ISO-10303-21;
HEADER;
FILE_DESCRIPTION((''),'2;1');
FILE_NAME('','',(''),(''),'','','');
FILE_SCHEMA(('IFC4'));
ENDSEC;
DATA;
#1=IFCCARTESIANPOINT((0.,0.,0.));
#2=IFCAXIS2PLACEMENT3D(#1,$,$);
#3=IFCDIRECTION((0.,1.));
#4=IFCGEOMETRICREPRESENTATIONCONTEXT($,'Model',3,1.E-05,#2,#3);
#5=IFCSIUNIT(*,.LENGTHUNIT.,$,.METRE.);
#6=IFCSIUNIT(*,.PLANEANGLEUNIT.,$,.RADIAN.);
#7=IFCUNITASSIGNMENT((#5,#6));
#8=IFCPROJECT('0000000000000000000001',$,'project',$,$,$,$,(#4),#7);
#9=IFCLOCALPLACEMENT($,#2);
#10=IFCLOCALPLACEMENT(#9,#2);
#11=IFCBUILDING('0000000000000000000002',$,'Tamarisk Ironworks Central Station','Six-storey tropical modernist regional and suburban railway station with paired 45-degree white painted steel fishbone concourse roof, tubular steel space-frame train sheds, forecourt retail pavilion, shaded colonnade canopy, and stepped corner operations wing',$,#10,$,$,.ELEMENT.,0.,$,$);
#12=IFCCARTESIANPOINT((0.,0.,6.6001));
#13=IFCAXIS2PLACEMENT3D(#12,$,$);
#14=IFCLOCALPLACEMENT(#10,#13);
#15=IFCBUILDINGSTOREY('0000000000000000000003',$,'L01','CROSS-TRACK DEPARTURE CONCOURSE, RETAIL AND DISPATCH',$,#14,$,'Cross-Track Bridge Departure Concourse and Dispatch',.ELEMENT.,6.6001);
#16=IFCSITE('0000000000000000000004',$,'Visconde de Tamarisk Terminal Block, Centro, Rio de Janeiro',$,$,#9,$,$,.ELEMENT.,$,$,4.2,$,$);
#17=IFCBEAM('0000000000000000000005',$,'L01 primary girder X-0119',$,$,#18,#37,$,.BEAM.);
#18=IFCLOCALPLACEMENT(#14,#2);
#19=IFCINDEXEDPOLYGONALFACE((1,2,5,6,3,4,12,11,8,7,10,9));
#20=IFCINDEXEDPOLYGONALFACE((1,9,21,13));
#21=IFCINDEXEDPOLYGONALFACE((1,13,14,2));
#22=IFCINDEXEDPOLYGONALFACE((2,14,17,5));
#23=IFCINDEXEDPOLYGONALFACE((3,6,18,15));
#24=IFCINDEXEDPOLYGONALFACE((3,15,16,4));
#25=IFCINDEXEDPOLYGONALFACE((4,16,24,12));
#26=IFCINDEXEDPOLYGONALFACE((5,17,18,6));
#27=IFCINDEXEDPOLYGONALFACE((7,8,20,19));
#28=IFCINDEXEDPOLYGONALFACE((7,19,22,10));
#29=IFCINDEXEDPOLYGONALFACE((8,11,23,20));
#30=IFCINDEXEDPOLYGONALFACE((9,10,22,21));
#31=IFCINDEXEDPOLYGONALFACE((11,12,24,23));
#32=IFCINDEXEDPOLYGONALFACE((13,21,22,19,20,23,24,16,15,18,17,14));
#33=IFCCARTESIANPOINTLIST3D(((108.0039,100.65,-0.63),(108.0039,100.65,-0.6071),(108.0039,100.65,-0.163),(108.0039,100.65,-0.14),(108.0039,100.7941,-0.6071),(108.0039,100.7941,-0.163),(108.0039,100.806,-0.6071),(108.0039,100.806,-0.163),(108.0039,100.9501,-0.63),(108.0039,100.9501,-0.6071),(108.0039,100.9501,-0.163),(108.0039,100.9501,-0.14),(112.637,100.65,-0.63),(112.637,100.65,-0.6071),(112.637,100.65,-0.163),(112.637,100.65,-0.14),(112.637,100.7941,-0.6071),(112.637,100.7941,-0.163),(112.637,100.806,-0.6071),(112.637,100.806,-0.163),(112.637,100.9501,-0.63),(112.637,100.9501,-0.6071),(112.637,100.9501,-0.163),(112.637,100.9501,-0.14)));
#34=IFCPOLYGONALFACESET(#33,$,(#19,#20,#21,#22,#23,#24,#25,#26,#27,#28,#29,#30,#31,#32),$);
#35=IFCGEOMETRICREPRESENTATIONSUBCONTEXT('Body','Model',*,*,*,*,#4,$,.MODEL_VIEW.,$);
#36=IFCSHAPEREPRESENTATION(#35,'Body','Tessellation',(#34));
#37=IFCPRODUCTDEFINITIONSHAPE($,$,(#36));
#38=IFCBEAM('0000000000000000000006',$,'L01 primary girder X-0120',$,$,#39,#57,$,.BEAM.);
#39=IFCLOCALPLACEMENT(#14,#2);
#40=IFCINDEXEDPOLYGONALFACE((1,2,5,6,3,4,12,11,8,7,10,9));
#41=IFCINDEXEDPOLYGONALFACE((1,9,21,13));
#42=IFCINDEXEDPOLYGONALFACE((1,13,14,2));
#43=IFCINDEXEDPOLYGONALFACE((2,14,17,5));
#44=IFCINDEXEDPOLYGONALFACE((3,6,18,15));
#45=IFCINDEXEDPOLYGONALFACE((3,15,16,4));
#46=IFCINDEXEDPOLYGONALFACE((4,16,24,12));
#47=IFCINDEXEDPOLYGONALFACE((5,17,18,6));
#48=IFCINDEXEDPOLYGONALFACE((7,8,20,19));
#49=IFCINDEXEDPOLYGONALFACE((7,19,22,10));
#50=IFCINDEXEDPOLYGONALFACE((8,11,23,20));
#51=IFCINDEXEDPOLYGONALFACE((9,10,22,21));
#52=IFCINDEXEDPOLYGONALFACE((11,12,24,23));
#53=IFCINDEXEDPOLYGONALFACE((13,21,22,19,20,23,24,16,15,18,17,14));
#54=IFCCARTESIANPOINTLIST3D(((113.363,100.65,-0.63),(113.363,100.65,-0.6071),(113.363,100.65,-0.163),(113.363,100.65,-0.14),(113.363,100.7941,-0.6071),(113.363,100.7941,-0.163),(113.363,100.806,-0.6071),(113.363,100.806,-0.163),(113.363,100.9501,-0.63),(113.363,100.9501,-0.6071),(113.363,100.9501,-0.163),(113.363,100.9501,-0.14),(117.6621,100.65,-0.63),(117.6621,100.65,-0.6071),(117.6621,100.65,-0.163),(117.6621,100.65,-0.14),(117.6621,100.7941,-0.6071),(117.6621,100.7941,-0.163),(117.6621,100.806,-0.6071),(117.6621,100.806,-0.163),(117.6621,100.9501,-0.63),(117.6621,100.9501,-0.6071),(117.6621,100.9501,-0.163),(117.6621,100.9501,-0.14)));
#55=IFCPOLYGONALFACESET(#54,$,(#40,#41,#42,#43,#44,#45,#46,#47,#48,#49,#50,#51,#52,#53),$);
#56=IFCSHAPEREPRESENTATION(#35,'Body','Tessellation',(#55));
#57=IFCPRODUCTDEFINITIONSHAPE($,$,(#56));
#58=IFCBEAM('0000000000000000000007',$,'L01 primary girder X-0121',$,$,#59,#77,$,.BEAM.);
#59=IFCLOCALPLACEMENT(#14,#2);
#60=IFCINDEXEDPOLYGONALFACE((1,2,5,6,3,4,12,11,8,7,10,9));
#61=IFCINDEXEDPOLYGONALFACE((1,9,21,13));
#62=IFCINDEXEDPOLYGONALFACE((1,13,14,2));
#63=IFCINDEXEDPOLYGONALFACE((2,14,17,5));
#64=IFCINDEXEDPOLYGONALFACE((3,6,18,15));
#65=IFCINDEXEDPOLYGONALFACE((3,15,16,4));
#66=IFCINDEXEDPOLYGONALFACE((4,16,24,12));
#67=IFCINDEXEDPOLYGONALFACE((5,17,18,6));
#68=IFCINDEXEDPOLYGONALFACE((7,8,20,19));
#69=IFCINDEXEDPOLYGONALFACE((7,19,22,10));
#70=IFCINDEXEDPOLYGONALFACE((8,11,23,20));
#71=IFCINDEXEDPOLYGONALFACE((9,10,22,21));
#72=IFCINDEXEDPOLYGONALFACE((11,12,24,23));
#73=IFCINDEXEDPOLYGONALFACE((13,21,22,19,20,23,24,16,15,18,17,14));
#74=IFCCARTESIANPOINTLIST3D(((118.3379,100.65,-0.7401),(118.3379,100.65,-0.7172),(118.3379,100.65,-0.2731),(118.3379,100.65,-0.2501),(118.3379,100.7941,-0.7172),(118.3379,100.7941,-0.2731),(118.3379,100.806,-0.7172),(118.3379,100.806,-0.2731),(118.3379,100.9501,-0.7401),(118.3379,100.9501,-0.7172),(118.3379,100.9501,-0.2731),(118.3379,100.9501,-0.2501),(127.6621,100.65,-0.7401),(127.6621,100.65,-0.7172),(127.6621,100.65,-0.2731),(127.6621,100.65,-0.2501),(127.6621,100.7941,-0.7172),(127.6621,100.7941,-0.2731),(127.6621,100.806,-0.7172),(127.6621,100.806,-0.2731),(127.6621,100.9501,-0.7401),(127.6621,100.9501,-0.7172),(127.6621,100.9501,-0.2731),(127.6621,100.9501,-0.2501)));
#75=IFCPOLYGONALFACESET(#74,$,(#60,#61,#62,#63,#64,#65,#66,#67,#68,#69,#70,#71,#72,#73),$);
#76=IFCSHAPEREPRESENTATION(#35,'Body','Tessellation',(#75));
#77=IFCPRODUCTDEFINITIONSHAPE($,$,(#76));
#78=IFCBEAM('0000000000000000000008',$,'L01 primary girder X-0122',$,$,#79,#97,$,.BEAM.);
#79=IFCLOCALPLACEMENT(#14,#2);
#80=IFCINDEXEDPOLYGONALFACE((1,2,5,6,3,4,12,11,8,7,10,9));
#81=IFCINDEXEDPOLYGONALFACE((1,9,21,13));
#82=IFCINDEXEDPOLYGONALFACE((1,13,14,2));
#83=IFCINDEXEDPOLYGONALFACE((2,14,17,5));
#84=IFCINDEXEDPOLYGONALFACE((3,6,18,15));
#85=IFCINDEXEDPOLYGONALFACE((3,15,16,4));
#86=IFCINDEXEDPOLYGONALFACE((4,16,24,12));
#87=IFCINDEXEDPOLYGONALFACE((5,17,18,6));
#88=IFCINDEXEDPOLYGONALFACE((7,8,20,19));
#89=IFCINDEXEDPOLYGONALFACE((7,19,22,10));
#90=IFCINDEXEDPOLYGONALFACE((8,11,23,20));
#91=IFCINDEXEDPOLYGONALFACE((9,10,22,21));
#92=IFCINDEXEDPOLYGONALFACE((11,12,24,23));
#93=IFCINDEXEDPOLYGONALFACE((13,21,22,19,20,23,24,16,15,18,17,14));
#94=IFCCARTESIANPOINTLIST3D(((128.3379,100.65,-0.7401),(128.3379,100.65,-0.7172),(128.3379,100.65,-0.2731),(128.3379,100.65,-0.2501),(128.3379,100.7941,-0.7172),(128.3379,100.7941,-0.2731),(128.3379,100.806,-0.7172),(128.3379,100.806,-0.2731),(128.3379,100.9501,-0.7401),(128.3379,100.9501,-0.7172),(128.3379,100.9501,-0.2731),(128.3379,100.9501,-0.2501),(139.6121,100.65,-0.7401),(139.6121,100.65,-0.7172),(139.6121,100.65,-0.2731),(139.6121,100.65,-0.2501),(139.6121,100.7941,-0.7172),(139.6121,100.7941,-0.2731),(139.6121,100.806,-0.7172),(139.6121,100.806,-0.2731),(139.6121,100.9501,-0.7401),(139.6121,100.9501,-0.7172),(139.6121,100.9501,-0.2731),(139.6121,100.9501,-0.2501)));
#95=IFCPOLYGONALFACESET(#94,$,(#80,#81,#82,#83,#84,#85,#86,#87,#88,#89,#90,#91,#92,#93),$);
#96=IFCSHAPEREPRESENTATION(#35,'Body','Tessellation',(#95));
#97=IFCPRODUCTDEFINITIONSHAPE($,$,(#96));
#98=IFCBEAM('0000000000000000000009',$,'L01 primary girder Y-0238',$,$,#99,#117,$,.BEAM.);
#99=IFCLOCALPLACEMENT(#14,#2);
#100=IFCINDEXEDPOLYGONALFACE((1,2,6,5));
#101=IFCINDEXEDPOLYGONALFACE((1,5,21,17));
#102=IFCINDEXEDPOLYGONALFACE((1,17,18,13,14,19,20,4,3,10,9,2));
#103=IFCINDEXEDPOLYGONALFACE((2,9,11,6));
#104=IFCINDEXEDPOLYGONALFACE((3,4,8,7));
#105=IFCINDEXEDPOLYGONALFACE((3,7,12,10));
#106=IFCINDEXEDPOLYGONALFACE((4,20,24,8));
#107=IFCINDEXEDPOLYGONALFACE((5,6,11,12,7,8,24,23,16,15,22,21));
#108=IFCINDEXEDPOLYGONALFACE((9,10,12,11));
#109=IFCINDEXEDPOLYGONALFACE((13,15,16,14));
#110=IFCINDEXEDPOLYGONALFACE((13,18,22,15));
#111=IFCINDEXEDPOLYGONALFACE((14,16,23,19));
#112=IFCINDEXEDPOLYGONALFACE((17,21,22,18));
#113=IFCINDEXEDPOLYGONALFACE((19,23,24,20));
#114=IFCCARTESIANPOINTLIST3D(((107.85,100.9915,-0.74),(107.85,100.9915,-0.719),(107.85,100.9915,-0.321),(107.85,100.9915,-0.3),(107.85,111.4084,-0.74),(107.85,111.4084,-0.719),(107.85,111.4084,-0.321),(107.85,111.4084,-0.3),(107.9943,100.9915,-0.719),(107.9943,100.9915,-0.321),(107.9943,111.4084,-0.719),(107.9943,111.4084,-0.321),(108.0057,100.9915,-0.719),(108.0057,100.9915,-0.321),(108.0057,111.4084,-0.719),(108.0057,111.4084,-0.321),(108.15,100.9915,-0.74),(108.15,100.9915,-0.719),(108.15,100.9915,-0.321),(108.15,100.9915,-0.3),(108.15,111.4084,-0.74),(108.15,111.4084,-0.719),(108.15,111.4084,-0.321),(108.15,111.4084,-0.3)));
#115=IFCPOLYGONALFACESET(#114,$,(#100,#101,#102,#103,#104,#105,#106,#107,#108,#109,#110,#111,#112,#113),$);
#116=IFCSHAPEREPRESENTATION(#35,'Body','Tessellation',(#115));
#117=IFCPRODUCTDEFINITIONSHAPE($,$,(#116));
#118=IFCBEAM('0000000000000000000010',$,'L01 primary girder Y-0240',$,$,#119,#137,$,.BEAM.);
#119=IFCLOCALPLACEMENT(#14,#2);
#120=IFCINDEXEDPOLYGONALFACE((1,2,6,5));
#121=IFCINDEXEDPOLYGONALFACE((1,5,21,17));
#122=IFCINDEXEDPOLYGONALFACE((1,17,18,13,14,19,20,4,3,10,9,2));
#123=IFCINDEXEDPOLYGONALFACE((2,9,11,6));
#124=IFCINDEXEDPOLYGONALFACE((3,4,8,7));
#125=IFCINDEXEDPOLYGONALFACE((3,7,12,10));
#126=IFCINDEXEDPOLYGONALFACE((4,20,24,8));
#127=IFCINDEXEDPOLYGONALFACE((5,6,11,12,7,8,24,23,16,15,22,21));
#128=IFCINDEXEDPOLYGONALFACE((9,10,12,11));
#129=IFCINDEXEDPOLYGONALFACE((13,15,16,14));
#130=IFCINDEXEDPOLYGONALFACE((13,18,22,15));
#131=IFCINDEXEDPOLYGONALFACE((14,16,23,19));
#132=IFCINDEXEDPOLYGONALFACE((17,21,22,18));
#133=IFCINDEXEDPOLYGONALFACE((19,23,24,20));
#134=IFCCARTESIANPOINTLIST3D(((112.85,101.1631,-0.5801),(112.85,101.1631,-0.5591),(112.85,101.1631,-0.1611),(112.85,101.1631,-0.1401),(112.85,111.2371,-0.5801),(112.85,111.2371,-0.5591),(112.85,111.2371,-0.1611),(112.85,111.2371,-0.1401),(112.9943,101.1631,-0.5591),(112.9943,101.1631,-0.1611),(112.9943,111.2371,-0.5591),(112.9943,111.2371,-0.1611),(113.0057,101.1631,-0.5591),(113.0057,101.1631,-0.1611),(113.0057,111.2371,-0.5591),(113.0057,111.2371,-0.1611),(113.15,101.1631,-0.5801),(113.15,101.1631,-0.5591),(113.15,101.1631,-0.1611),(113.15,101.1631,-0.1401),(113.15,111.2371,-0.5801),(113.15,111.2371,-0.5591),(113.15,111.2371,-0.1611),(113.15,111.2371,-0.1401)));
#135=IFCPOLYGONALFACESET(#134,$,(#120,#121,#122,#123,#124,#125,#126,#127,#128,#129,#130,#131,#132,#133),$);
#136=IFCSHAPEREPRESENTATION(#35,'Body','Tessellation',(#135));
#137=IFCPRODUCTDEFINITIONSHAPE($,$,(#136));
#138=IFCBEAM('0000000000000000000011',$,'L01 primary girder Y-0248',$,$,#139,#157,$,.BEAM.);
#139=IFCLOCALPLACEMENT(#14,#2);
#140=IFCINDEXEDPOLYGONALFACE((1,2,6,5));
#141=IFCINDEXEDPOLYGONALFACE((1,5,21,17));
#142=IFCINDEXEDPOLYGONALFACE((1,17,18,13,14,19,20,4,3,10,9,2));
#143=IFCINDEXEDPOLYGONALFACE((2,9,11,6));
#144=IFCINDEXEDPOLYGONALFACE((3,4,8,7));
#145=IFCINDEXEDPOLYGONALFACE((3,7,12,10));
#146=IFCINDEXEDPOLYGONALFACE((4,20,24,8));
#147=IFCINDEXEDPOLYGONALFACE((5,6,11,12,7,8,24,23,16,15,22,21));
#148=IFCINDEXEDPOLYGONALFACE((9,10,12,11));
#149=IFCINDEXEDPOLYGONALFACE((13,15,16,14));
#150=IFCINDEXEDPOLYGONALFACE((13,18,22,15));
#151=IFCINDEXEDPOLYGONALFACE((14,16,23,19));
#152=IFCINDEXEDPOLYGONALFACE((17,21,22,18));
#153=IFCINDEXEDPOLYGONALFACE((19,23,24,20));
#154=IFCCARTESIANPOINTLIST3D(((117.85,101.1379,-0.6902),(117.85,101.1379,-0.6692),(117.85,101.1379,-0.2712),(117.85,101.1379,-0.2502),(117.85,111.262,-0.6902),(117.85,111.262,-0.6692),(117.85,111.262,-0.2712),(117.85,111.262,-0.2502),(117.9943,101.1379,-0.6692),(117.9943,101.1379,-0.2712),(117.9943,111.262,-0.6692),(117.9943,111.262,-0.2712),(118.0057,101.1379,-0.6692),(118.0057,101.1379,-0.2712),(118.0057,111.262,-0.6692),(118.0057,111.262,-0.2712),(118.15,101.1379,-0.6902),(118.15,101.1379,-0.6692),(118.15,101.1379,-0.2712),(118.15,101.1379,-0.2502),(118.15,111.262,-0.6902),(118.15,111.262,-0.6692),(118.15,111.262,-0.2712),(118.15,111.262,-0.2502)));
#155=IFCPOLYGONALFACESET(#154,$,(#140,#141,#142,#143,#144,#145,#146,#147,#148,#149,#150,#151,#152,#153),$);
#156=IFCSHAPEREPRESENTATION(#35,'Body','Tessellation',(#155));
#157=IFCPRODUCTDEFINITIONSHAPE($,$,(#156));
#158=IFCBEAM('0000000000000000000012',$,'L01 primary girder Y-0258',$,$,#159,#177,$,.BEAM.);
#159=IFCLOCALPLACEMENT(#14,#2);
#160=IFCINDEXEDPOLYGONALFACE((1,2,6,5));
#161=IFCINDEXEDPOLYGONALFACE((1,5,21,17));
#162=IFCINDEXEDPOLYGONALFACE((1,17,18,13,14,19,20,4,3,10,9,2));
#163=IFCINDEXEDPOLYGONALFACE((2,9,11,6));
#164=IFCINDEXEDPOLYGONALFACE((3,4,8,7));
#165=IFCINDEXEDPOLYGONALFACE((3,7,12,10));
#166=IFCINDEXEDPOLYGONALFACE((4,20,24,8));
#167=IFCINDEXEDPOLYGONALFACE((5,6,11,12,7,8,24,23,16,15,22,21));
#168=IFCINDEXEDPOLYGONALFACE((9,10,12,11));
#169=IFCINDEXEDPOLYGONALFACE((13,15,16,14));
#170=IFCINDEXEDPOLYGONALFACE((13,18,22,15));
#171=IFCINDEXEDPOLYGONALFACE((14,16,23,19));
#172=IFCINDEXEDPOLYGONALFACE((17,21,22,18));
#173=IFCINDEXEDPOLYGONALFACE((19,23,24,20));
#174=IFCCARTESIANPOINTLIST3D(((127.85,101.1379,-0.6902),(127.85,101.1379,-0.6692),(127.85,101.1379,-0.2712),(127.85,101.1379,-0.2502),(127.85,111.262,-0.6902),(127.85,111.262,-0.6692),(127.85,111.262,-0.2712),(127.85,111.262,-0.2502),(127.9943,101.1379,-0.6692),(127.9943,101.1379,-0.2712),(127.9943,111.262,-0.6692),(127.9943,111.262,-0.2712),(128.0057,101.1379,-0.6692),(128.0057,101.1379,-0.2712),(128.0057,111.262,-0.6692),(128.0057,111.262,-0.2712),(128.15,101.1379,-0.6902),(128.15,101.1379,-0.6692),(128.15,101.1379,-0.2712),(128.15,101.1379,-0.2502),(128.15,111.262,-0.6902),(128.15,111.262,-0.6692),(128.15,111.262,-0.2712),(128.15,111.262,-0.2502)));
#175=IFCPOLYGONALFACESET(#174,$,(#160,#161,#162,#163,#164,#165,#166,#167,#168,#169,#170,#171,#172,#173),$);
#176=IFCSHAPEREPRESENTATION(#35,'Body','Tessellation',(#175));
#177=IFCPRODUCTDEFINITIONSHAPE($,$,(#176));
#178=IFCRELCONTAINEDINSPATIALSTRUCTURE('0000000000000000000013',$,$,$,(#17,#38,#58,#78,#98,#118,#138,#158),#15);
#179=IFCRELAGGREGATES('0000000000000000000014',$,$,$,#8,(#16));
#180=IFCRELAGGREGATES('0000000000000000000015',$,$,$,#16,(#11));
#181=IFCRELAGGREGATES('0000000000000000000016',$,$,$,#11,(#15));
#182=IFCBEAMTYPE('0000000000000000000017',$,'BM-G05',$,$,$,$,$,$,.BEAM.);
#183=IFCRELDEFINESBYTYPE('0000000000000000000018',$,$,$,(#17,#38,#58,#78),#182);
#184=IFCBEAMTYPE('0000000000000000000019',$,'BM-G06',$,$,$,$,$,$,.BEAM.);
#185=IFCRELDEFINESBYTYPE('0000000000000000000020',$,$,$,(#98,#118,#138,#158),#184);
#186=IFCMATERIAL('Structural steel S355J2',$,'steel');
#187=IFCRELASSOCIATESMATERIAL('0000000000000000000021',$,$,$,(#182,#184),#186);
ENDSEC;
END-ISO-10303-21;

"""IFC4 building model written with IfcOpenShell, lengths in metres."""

from ifc_helpers import new_model, si_unit, direction, frame, origin, origin_2d, place, context, subcontext, project, spatial, i_section, extrude, material, material_profile, profile_set, type_object, element, save


model = new_model("IFC4")

# Units and contexts
model_context = context("Model", 3, precision=1e-05, world=origin(), true_north=direction((0.0, 1.0)))
body_context = subcontext(model_context, "Body", "Model", "MODEL_VIEW")
ifc_project = project(units=[si_unit("LENGTHUNIT", "METRE"), si_unit("PLANEANGLEUNIT", "RADIAN")], contexts=[model_context])

# Site, building, storey
site_placement = place(None, origin())
site = spatial("IfcSite", under=ifc_project, at=site_placement, Name="Visconde de Tamarisk Terminal Block, Centro, Rio de Janeiro", CompositionType="ELEMENT", RefElevation=4.2)
building_placement = place(site_placement, origin())
building = spatial("IfcBuilding", under=site, at=building_placement, Name="Tamarisk Ironworks Central Station", Description="Six-storey tropical modernist regional and suburban railway station with paired 45-degree white painted steel fishbone concourse roof, tubular steel space-frame train sheds, forecourt retail pavilion, shaded colonnade canopy, and stepped corner operations wing", CompositionType="ELEMENT", ElevationOfRefHeight=0.0)
storey_placement = place(building_placement, frame((0.0, 0.0, 6.6001)))
storey = spatial("IfcBuildingStorey", under=building, at=storey_placement, Name="L01", Description="CROSS-TRACK DEPARTURE CONCOURSE, RETAIL AND DISPATCH", LongName="Cross-Track Bridge Departure Concourse and Dispatch", CompositionType="ELEMENT", Elevation=6.6001)

# Shared definitions
ifc_material_1 = material(Name="Structural steel S355J2", Category="steel")

# Beams
ifc_material_profile_1 = material_profile(ifc_material_1, i_section(OverallWidth=0.3, OverallDepth=0.49, WebThickness=0.012, FlangeThickness=0.0229, at=origin_2d()), Name="HEA 500")
ifc_profile_set_1 = profile_set([ifc_material_profile_1], Name="Structural steel S355J2")
beam_type_1 = type_object("IfcBeamType", Name="BM-G05", PredefinedType="BEAM", material=ifc_profile_set_1)
beam_1_placement = place(storey_placement, frame((108.0039, 100.8, -0.385), z_axis=(1.0, 0.0, 0.0), x_axis=(0.0, 1.0, 0.0)))
element("IfcBeam", 1, at=beam_1_placement, inside=storey, type_object=beam_type_1, Name="L01 primary girder X-0119", PredefinedType="BEAM", context=body_context, shape_type="SweptSolid", body=[
    extrude(i_section(OverallWidth=0.3, OverallDepth=0.49, WebThickness=0.012, FlangeThickness=0.0229, at=origin_2d()), origin(), (0.0, 0.0, 1.0), 4.6331),
])
beam_2_placement = place(storey_placement, frame((113.363, 100.8, -0.385), z_axis=(1.0, 0.0, 0.0), x_axis=(0.0, 1.0, 0.0)))
element("IfcBeam", 2, at=beam_2_placement, inside=storey, type_object=beam_type_1, Name="L01 primary girder X-0120", PredefinedType="BEAM", context=body_context, shape_type="SweptSolid", body=[
    extrude(i_section(OverallWidth=0.3, OverallDepth=0.49, WebThickness=0.012, FlangeThickness=0.0229, at=origin_2d()), origin(), (0.0, 0.0, 1.0), 4.2991),
])
beam_3_placement = place(storey_placement, frame((118.3379, 100.8, -0.4951), z_axis=(1.0, 0.0, 0.0), x_axis=(0.0, 1.0, 0.0)))
element("IfcBeam", 3, at=beam_3_placement, inside=storey, type_object=beam_type_1, Name="L01 primary girder X-0121", PredefinedType="BEAM", context=body_context, shape_type="SweptSolid", body=[
    extrude(i_section(OverallWidth=0.3, OverallDepth=0.49, WebThickness=0.012, FlangeThickness=0.0229, at=origin_2d()), origin(), (0.0, 0.0, 1.0), 9.3242),
])
beam_4_placement = place(storey_placement, frame((128.3379, 100.8, -0.4951), z_axis=(1.0, 0.0, 0.0), x_axis=(0.0, 1.0, 0.0)))
element("IfcBeam", 4, at=beam_4_placement, inside=storey, type_object=beam_type_1, Name="L01 primary girder X-0122", PredefinedType="BEAM", context=body_context, shape_type="SweptSolid", body=[
    extrude(i_section(OverallWidth=0.3, OverallDepth=0.49, WebThickness=0.012, FlangeThickness=0.0229, at=origin_2d()), origin(), (0.0, 0.0, 1.0), 11.2742),
])
ifc_material_profile_2 = material_profile(ifc_material_1, i_section(OverallWidth=0.3, OverallDepth=0.4399, WebThickness=0.0115, FlangeThickness=0.021, at=origin_2d()), Name="HEA 450")
ifc_profile_set_2 = profile_set([ifc_material_profile_2], Name="Structural steel S355J2")
beam_type_2 = type_object("IfcBeamType", Name="BM-G06", PredefinedType="BEAM", material=ifc_profile_set_2)
beam_5_placement = place(storey_placement, frame((108.0, 100.9915, -0.52), z_axis=(0.0, 1.0, 0.0), x_axis=(-1.0, 0.0, 0.0)))
element("IfcBeam", 5, at=beam_5_placement, inside=storey, type_object=beam_type_2, Name="L01 primary girder Y-0238", PredefinedType="BEAM", context=body_context, shape_type="SweptSolid", body=[
    extrude(i_section(OverallWidth=0.3, OverallDepth=0.4399, WebThickness=0.0115, FlangeThickness=0.021, at=origin_2d()), origin(), (0.0, 0.0, 1.0), 10.417),
])
beam_6_placement = place(storey_placement, frame((113.0, 101.1631, -0.3601), z_axis=(0.0, 1.0, 0.0), x_axis=(-1.0, 0.0, 0.0)))
element("IfcBeam", 6, at=beam_6_placement, inside=storey, type_object=beam_type_2, Name="L01 primary girder Y-0240", PredefinedType="BEAM", context=body_context, shape_type="SweptSolid", body=[
    extrude(i_section(OverallWidth=0.3, OverallDepth=0.4399, WebThickness=0.0115, FlangeThickness=0.021, at=origin_2d()), origin(), (0.0, 0.0, 1.0), 10.074),
])
for number, where, z_axis, x_axis, name in (
    (7, (118.0, 101.1379, -0.4702), (0.0, 1.0, 0.0), (-1.0, 0.0, 0.0), "L01 primary girder Y-0248"),
    (8, (128.0, 101.1379, -0.4702), (0.0, 1.0, 0.0), (-1.0, 0.0, 0.0), "L01 primary girder Y-0258"),
):
    element("IfcBeam", number, at=place(storey_placement, frame(where, z_axis=z_axis, x_axis=x_axis)), inside=storey, type_object=beam_type_2, Name=name, PredefinedType="BEAM", context=body_context, shape_type="SweptSolid", body=[
        extrude(i_section(OverallWidth=0.3, OverallDepth=0.4399, WebThickness=0.0115, FlangeThickness=0.021, at=origin_2d()), origin(), (0.0, 0.0, 1.0), 10.124),
    ])

save(model, "model.ifc")
